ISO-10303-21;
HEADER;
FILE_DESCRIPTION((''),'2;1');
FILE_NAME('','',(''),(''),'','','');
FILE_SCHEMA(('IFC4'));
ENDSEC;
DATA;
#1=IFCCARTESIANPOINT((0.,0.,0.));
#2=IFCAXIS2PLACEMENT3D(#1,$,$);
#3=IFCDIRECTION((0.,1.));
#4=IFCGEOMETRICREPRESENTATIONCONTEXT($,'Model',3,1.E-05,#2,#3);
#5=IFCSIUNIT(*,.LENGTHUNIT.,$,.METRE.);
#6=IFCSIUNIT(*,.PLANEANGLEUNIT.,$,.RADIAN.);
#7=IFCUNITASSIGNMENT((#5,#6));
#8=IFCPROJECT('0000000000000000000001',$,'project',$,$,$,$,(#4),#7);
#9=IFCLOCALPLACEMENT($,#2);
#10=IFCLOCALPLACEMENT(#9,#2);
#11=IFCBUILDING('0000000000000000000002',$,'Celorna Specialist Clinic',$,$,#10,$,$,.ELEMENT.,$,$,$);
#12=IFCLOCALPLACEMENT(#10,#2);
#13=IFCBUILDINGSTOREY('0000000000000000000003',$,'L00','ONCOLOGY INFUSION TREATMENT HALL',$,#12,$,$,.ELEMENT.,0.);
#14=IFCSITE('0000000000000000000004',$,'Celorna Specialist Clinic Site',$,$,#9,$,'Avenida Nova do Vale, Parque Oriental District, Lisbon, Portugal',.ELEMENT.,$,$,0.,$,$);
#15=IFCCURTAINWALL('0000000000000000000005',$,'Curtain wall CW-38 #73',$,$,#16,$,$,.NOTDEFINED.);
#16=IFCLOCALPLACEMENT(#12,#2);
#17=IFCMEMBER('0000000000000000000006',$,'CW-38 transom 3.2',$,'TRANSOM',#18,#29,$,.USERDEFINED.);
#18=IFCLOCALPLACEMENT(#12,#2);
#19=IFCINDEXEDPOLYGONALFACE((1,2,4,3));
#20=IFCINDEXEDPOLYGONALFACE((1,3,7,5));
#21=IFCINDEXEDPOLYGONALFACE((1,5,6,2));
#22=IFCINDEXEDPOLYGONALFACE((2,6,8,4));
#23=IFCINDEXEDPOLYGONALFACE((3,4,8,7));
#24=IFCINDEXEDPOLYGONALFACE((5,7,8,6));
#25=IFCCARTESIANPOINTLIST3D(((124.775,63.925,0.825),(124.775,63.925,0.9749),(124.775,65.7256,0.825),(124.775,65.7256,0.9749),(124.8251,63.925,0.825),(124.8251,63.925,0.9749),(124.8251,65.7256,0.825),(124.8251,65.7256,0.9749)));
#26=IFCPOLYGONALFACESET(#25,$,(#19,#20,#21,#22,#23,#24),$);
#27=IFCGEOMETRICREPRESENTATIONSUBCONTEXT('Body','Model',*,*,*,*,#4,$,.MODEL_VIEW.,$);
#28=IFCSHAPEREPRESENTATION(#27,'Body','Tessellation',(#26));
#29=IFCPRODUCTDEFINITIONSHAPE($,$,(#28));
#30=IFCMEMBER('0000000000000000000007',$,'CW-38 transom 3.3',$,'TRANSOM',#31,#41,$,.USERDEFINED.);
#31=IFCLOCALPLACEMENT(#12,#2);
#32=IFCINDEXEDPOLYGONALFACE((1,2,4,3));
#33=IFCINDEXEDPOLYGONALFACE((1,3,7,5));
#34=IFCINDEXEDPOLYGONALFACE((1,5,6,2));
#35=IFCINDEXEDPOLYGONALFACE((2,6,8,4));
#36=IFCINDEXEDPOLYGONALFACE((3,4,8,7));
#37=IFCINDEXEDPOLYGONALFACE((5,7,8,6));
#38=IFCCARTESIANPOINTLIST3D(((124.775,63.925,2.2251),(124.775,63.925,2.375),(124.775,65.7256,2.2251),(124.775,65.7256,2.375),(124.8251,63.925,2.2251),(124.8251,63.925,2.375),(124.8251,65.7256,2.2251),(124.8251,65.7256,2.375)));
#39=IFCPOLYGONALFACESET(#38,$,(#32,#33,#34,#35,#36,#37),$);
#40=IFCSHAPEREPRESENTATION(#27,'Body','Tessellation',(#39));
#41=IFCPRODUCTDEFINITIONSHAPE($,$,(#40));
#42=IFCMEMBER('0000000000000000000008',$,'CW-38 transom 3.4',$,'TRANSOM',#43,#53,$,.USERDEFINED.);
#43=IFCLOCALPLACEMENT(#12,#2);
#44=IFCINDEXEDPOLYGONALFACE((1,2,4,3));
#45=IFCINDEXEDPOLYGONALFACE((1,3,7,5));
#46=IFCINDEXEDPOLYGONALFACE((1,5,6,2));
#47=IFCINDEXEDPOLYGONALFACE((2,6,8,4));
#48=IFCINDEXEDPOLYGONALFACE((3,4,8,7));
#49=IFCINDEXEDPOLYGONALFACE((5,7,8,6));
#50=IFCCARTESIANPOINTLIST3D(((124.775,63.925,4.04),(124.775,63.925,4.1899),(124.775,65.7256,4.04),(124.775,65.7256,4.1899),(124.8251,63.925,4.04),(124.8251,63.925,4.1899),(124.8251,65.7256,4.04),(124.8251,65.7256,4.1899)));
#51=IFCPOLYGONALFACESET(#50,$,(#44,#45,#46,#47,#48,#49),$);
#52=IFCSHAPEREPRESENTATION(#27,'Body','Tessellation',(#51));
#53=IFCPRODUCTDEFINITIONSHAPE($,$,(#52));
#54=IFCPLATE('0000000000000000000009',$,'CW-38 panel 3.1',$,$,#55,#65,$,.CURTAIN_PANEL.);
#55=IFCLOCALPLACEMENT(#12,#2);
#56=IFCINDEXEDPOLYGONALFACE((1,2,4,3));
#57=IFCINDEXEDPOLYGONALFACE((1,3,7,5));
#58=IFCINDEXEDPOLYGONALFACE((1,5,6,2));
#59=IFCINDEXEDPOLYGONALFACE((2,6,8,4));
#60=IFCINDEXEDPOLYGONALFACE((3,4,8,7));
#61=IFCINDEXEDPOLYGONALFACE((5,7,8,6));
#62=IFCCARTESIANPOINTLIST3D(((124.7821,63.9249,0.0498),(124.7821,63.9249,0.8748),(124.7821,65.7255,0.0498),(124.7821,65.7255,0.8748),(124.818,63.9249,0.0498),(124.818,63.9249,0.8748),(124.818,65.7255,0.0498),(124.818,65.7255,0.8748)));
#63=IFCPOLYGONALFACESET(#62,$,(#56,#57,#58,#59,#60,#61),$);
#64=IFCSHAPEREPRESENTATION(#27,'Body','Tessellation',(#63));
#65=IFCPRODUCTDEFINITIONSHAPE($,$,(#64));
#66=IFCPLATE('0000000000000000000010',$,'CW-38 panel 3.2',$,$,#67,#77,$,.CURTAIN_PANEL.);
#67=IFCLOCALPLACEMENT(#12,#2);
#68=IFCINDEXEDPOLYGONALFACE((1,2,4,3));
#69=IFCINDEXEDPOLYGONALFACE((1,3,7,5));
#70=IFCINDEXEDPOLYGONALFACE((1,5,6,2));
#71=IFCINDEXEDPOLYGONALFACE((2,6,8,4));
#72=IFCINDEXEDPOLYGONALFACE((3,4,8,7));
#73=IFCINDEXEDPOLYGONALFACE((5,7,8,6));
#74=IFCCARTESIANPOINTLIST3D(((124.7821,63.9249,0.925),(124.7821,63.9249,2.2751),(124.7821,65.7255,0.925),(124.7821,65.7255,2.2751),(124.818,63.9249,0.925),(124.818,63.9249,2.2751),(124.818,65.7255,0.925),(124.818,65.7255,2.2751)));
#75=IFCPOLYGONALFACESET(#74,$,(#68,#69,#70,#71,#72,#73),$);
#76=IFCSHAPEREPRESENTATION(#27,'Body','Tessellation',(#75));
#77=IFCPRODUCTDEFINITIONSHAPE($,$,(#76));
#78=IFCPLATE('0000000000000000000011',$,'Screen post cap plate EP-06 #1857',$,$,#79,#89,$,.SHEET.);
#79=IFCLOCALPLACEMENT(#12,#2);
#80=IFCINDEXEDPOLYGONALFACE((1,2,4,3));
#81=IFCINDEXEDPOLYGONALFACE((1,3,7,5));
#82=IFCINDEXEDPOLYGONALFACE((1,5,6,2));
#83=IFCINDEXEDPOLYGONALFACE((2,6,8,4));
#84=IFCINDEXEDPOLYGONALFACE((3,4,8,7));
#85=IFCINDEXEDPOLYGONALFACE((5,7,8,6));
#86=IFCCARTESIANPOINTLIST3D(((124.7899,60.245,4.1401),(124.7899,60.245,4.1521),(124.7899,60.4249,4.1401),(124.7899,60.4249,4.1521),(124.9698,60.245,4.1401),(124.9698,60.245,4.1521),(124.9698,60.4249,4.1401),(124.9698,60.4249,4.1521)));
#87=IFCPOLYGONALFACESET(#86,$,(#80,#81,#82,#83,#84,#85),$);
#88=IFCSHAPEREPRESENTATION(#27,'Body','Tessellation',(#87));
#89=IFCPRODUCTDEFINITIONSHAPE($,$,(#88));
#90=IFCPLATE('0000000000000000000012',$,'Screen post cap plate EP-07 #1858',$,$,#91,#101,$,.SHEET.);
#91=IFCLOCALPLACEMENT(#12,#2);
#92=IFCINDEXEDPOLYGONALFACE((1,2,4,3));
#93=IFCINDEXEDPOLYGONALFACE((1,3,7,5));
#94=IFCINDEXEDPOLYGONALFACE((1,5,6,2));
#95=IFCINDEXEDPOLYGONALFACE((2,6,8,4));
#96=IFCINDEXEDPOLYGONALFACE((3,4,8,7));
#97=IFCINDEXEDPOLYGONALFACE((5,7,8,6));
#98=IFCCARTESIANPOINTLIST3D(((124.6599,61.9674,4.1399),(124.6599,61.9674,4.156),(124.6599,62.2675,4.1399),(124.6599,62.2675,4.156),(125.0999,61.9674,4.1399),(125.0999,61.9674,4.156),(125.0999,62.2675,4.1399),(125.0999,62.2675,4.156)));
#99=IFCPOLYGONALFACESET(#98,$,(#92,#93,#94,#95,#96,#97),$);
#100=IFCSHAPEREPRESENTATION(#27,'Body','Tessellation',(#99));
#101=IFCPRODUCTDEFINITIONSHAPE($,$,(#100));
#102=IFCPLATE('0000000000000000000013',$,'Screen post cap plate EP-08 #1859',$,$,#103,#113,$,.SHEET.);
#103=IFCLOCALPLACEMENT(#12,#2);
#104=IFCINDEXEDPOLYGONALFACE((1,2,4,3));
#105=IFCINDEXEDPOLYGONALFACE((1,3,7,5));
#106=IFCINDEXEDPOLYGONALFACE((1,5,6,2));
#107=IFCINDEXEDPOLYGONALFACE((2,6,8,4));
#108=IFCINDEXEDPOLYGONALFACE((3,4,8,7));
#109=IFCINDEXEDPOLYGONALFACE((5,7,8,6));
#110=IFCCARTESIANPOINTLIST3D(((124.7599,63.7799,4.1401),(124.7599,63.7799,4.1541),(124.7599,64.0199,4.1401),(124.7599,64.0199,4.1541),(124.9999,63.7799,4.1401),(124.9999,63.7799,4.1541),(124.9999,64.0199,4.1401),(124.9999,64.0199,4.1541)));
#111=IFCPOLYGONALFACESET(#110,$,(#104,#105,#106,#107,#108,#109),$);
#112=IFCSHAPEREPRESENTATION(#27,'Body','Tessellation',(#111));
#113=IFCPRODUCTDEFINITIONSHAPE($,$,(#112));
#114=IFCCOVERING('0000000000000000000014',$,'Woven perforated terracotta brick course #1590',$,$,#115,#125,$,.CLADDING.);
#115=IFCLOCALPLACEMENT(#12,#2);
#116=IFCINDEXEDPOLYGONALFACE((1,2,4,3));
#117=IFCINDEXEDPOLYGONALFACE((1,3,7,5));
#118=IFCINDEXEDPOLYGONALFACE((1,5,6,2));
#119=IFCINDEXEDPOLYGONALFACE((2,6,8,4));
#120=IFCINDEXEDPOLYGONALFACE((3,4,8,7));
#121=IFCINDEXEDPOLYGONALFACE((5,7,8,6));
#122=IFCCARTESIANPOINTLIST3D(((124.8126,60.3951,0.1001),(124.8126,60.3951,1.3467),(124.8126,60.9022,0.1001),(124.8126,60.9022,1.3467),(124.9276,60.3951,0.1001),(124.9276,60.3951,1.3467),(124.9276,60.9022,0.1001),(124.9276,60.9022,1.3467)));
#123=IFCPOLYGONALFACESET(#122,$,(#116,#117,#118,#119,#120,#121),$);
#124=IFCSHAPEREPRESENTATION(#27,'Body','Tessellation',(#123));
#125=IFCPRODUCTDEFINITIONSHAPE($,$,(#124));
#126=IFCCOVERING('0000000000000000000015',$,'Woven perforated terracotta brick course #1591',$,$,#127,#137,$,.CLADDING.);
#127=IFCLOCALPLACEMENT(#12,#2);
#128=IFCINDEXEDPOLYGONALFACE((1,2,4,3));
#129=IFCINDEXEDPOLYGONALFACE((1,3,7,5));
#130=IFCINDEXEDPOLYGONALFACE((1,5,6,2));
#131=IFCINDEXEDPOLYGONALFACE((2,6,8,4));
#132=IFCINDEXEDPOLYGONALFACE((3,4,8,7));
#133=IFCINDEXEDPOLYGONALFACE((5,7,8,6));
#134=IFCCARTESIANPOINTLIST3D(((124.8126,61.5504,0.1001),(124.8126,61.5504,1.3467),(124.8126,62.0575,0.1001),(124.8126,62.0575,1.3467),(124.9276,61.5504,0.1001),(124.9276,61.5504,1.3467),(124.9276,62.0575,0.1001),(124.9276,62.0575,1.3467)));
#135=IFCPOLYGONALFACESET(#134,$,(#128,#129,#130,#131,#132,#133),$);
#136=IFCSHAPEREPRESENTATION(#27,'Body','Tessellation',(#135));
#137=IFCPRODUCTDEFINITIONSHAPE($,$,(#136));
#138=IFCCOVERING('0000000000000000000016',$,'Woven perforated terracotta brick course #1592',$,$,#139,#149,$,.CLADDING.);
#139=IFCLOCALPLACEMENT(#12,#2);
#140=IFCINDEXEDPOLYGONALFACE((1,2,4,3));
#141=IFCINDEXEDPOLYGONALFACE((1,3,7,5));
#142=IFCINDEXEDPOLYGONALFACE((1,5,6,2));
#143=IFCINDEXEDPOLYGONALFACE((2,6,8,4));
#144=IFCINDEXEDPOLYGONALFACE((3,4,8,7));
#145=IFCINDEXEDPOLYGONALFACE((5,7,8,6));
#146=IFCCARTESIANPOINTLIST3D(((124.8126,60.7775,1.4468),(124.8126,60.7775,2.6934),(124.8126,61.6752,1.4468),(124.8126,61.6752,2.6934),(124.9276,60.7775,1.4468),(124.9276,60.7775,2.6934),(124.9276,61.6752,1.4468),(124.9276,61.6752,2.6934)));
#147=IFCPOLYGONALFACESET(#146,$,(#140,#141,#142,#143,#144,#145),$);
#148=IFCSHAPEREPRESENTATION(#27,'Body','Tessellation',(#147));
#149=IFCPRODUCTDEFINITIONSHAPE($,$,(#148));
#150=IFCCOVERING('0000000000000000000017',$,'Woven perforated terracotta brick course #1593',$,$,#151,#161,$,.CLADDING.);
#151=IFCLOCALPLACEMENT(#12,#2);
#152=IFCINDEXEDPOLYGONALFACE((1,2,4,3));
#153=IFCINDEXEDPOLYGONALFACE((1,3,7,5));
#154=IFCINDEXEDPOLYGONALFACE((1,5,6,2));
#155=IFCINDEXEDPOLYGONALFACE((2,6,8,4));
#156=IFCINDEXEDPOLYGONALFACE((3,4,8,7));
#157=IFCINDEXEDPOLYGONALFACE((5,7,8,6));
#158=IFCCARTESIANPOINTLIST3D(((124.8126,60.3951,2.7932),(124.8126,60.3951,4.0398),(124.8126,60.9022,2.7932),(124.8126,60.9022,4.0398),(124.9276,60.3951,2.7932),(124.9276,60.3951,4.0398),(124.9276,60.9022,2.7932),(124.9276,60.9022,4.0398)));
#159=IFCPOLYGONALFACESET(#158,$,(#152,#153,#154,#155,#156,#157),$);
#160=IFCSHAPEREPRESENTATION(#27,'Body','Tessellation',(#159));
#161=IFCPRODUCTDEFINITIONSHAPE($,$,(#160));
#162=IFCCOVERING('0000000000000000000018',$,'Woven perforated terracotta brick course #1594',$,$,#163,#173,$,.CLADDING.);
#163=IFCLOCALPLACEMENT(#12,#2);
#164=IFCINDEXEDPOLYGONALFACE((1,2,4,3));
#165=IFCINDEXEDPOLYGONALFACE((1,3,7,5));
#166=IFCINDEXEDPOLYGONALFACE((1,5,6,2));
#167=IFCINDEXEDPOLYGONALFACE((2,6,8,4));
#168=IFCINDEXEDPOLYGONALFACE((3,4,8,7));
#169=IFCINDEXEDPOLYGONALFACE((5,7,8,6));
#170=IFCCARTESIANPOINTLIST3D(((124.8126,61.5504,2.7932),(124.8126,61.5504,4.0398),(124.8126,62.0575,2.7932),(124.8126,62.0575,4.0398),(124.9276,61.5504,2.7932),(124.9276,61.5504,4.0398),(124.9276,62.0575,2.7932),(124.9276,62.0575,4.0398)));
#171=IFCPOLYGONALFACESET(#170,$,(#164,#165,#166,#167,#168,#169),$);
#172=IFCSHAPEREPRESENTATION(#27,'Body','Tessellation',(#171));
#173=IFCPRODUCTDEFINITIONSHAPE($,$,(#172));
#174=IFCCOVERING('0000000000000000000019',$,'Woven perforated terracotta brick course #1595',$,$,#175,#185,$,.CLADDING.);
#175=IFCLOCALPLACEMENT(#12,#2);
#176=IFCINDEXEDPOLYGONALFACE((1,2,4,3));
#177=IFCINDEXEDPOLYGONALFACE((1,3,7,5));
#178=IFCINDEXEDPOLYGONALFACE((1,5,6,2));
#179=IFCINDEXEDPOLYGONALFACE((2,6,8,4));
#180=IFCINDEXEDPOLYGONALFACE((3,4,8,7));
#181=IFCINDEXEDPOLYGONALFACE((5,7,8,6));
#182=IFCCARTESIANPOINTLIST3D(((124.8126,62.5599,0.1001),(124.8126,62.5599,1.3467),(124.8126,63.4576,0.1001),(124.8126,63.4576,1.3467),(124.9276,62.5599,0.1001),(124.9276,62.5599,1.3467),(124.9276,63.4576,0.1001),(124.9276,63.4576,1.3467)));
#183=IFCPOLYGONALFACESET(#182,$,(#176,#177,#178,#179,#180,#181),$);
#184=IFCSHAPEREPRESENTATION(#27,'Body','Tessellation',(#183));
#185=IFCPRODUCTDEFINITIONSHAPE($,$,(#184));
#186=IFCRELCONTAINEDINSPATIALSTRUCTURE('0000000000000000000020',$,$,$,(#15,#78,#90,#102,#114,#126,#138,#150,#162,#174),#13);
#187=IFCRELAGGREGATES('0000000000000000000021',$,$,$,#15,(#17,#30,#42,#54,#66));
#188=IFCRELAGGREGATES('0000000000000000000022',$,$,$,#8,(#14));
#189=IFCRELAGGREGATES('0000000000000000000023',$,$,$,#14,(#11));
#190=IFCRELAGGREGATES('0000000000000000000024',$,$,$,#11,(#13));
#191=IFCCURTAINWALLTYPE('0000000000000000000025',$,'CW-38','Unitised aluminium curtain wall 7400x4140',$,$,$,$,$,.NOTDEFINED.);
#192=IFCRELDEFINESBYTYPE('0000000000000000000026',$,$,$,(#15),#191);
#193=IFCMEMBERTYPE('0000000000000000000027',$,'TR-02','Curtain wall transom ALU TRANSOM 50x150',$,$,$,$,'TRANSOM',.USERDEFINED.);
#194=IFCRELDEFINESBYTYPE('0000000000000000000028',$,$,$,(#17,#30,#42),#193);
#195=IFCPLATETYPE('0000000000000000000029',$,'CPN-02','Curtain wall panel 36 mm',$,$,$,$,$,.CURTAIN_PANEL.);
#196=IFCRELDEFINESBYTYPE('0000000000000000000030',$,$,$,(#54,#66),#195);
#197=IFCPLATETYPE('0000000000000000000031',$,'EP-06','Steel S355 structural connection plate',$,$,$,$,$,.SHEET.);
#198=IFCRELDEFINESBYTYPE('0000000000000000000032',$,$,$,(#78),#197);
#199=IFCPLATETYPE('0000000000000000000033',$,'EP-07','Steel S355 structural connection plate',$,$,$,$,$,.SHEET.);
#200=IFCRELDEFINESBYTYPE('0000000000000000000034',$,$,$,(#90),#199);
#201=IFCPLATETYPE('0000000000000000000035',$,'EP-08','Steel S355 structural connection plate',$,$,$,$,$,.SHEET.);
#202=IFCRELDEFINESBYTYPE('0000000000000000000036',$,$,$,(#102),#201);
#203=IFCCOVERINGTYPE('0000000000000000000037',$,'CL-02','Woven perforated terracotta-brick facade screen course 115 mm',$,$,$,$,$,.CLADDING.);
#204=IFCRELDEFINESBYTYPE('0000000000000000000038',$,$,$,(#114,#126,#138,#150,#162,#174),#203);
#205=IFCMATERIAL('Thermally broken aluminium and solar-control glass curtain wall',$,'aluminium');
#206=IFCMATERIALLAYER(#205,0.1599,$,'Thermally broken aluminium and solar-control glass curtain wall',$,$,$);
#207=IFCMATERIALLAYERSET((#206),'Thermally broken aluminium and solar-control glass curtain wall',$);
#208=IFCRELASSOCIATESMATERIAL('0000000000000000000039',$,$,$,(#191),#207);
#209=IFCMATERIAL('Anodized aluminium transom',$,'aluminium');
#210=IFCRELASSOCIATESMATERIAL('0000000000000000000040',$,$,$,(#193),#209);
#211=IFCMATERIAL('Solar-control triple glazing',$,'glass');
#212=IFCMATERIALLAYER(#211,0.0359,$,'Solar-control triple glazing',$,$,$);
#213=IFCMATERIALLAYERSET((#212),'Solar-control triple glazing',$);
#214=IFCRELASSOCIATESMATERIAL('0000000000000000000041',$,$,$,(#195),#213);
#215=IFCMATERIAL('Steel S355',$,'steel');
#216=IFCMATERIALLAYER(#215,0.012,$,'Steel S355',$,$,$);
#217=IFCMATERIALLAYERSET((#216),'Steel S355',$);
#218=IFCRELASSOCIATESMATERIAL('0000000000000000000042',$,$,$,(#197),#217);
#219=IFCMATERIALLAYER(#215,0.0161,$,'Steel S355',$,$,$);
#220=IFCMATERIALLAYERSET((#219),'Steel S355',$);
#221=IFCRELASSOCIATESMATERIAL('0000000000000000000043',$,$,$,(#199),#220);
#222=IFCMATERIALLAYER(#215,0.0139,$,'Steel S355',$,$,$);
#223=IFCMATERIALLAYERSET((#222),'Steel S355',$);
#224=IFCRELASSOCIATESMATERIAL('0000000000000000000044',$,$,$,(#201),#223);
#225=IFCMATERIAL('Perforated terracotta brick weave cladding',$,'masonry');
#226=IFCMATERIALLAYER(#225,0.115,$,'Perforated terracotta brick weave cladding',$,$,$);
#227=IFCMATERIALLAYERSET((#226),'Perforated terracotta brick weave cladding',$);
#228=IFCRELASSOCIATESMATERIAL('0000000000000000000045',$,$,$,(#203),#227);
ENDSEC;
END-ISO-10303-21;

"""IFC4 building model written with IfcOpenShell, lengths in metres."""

from ifc_helpers import new_model, si_unit, direction, frame, origin, origin_2d, place, context, subcontext, project, spatial, rectangle, extrude, material, layer, layer_set, material_profile, profile_set, type_object, element, aggregate, save


model = new_model("IFC4")

# Units and contexts
model_context = context("Model", 3, precision=1e-05, world=origin(), true_north=direction((0.0, 1.0)))
body_context = subcontext(model_context, "Body", "Model", "MODEL_VIEW")
ifc_project = project(units=[si_unit("LENGTHUNIT", "METRE"), si_unit("PLANEANGLEUNIT", "RADIAN")], contexts=[model_context])

# Site, building, storey
site_placement = place(None, origin())
site = spatial("IfcSite", under=ifc_project, at=site_placement, Name="Celorna Specialist Clinic Site", LongName="Avenida Nova do Vale, Parque Oriental District, Lisbon, Portugal", CompositionType="ELEMENT", RefElevation=0.0)
building_placement = place(site_placement, origin())
building = spatial("IfcBuilding", under=site, at=building_placement, Name="Celorna Specialist Clinic", CompositionType="ELEMENT")
storey_placement = place(building_placement, origin())
storey = spatial("IfcBuildingStorey", under=building, at=storey_placement, Name="L00", Description="ONCOLOGY INFUSION TREATMENT HALL", CompositionType="ELEMENT", Elevation=0.0)

# Shared definitions
ifc_material_1 = material(Name="Steel S355", Category="steel")

# Curtain wall, members, plates
ifc_material_2 = material(Name="Thermally broken aluminium and solar-control glass curtain wall", Category="aluminium")
ifc_layer_1 = layer(ifc_material_2, 0.1599, Name="Thermally broken aluminium and solar-control glass curtain wall")
ifc_layer_set_1 = layer_set([ifc_layer_1], Name="Thermally broken aluminium and solar-control glass curtain wall")
curtain_wall_type = type_object("IfcCurtainWallType", Name="CW-38", Description="Unitised aluminium curtain wall 7400x4140", PredefinedType="NOTDEFINED", material=ifc_layer_set_1)
curtain_wall_placement = place(storey_placement, origin())
curtain_wall = element("IfcCurtainWall", 1, at=curtain_wall_placement, inside=storey, type_object=curtain_wall_type, Name="Curtain wall CW-38 #73", PredefinedType="NOTDEFINED")
ifc_material_3 = material(Name="Anodized aluminium transom", Category="aluminium")
ifc_material_profile_1 = material_profile(ifc_material_3, rectangle(XDim=0.05, YDim=0.1499, at=origin_2d()), Name="ALU TRANSOM 50x150")
ifc_profile_set_1 = profile_set([ifc_material_profile_1], Name="Anodized aluminium transom")
member_type_1 = type_object("IfcMemberType", Name="TR-02", Description="Curtain wall transom ALU TRANSOM 50x150", ElementType="TRANSOM", PredefinedType="USERDEFINED", material=ifc_profile_set_1)
member_1_placement = place(storey_placement, frame((124.8, 63.925, 0.8999), z_axis=(0.0, 1.0, 0.0), x_axis=(-1.0, 0.0, 0.0)))
member_1 = element("IfcMember", 2, at=member_1_placement, type_object=member_type_1, Name="CW-38 transom 3.2", ObjectType="TRANSOM", PredefinedType="USERDEFINED", context=body_context, shape_type="SweptSolid", body=[
    extrude(rectangle(XDim=0.05, YDim=0.1499, at=origin_2d()), origin(), (0.0, 0.0, 1.0), 1.8005),
])
member_2_placement = place(storey_placement, frame((124.8, 63.925, 2.3), z_axis=(0.0, 1.0, 0.0), x_axis=(-1.0, 0.0, 0.0)))
member_2 = element("IfcMember", 3, at=member_2_placement, type_object=member_type_1, Name="CW-38 transom 3.3", ObjectType="TRANSOM", PredefinedType="USERDEFINED", context=body_context, shape_type="SweptSolid", body=[
    extrude(rectangle(XDim=0.05, YDim=0.1499, at=origin_2d()), origin(), (0.0, 0.0, 1.0), 1.8005),
])
member_3_placement = place(storey_placement, frame((124.8, 63.925, 4.115), z_axis=(0.0, 1.0, 0.0), x_axis=(-1.0, 0.0, 0.0)))
member_3 = element("IfcMember", 4, at=member_3_placement, type_object=member_type_1, Name="CW-38 transom 3.4", ObjectType="TRANSOM", PredefinedType="USERDEFINED", context=body_context, shape_type="SweptSolid", body=[
    extrude(rectangle(XDim=0.05, YDim=0.1499, at=origin_2d()), origin(), (0.0, 0.0, 1.0), 1.8005),
])
ifc_material_4 = material(Name="Solar-control triple glazing", Category="glass")
ifc_layer_2 = layer(ifc_material_4, 0.0359, Name="Solar-control triple glazing")
ifc_layer_set_2 = layer_set([ifc_layer_2], Name="Solar-control triple glazing")
plate_type_1 = type_object("IfcPlateType", Name="CPN-02", Description="Curtain wall panel 36 mm", PredefinedType="CURTAIN_PANEL", material=ifc_layer_set_2)
plate_1_placement = place(storey_placement, frame((124.8, 64.8252, 0.0498), z_axis=(0.0, 0.0, 1.0), x_axis=(0.0, 1.0, 0.0)))
plate_1 = element("IfcPlate", 5, at=plate_1_placement, type_object=plate_type_1, Name="CW-38 panel 3.1", PredefinedType="CURTAIN_PANEL", context=body_context, shape_type="SweptSolid", body=[
    extrude(rectangle(XDim=1.8005, YDim=0.0359, at=origin_2d()), origin(), (0.0, 0.0, 1.0), 0.825),
])
plate_2_placement = place(storey_placement, frame((124.8, 64.8252, 0.925), z_axis=(0.0, 0.0, 1.0), x_axis=(0.0, 1.0, 0.0)))
plate_2 = element("IfcPlate", 6, at=plate_2_placement, type_object=plate_type_1, Name="CW-38 panel 3.2", PredefinedType="CURTAIN_PANEL", context=body_context, shape_type="SweptSolid", body=[
    extrude(rectangle(XDim=1.8005, YDim=0.0359, at=origin_2d()), origin(), (0.0, 0.0, 1.0), 1.3501),
])
aggregate(curtain_wall, [member_1, member_2, member_3, plate_1, plate_2])

# Plates
ifc_layer_3 = layer(ifc_material_1, 0.012, Name="Steel S355")
ifc_layer_set_3 = layer_set([ifc_layer_3], Name="Steel S355")
plate_type_2 = type_object("IfcPlateType", Name="EP-06", Description="Steel S355 structural connection plate", PredefinedType="SHEET", material=ifc_layer_set_3)
plate_3_placement = place(storey_placement, frame((124.8799, 60.335, 4.1401), z_axis=(0.0, 0.0, 1.0), x_axis=(0.0, 1.0, 0.0)))
element("IfcPlate", 7, at=plate_3_placement, inside=storey, type_object=plate_type_2, Name="Screen post cap plate EP-06 #1857", PredefinedType="SHEET", context=body_context, shape_type="SweptSolid", body=[
    extrude(rectangle(XDim=0.1799, YDim=0.1799, at=origin_2d()), origin(), (0.0, 0.0, 1.0), 0.012),
])
ifc_layer_4 = layer(ifc_material_1, 0.0161, Name="Steel S355")
ifc_layer_set_4 = layer_set([ifc_layer_4], Name="Steel S355")
plate_type_3 = type_object("IfcPlateType", Name="EP-07", Description="Steel S355 structural connection plate", PredefinedType="SHEET", material=ifc_layer_set_4)
plate_4_placement = place(storey_placement, frame((124.8799, 62.1174, 4.1399), z_axis=(0.0, 0.0, 1.0), x_axis=(0.0, 1.0, 0.0)))
element("IfcPlate", 8, at=plate_4_placement, inside=storey, type_object=plate_type_3, Name="Screen post cap plate EP-07 #1858", PredefinedType="SHEET", context=body_context, shape_type="SweptSolid", body=[
    extrude(rectangle(XDim=0.3, YDim=0.4399, at=origin_2d()), origin(), (0.0, 0.0, 1.0), 0.0161),
])
ifc_layer_5 = layer(ifc_material_1, 0.0139, Name="Steel S355")
ifc_layer_set_5 = layer_set([ifc_layer_5], Name="Steel S355")
plate_type_4 = type_object("IfcPlateType", Name="EP-08", Description="Steel S355 structural connection plate", PredefinedType="SHEET", material=ifc_layer_set_5)
plate_5_placement = place(storey_placement, frame((124.8799, 63.8999, 4.1401), z_axis=(0.0, 0.0, 1.0), x_axis=(0.0, 1.0, 0.0)))
element("IfcPlate", 9, at=plate_5_placement, inside=storey, type_object=plate_type_4, Name="Screen post cap plate EP-08 #1859", PredefinedType="SHEET", context=body_context, shape_type="SweptSolid", body=[
    extrude(rectangle(XDim=0.24, YDim=0.24, at=origin_2d()), origin(), (0.0, 0.0, 1.0), 0.0139),
])

# Coverings
ifc_material_5 = material(Name="Perforated terracotta brick weave cladding", Category="masonry")
ifc_layer_6 = layer(ifc_material_5, 0.115, Name="Perforated terracotta brick weave cladding")
ifc_layer_set_6 = layer_set([ifc_layer_6], Name="Perforated terracotta brick weave cladding")
covering_type = type_object("IfcCoveringType", Name="CL-02", Description="Woven perforated terracotta-brick facade screen course 115 mm", PredefinedType="CLADDING", material=ifc_layer_set_6)
for number, where, z_axis, x_axis, name in (
    (10, (124.8701, 60.6487, 0.1001), (0.0, 0.0, 1.0), (0.0, 1.0, 0.0), "Woven perforated terracotta brick course #1590"),
    (11, (124.8701, 61.804, 0.1001), (0.0, 0.0, 1.0), (0.0, 1.0, 0.0), "Woven perforated terracotta brick course #1591"),
):
    element("IfcCovering", number, at=place(storey_placement, frame(where, z_axis=z_axis, x_axis=x_axis)), inside=storey, type_object=covering_type, Name=name, PredefinedType="CLADDING", context=body_context, shape_type="SweptSolid", body=[
        extrude(rectangle(XDim=0.5071, YDim=0.115, at=origin_2d()), origin(), (0.0, 0.0, 1.0), 1.2466),
    ])
covering_1_placement = place(storey_placement, frame((124.8701, 61.2263, 1.4468), z_axis=(0.0, 0.0, 1.0), x_axis=(0.0, 1.0, 0.0)))
element("IfcCovering", 12, at=covering_1_placement, inside=storey, type_object=covering_type, Name="Woven perforated terracotta brick course #1592", PredefinedType="CLADDING", context=body_context, shape_type="SweptSolid", body=[
    extrude(rectangle(XDim=0.8977, YDim=0.115, at=origin_2d()), origin(), (0.0, 0.0, 1.0), 1.2466),
])
for number, where, z_axis, x_axis, name in (
    (13, (124.8701, 60.6487, 2.7932), (0.0, 0.0, 1.0), (0.0, 1.0, 0.0), "Woven perforated terracotta brick course #1593"),
    (14, (124.8701, 61.804, 2.7932), (0.0, 0.0, 1.0), (0.0, 1.0, 0.0), "Woven perforated terracotta brick course #1594"),
):
    element("IfcCovering", number, at=place(storey_placement, frame(where, z_axis=z_axis, x_axis=x_axis)), inside=storey, type_object=covering_type, Name=name, PredefinedType="CLADDING", context=body_context, shape_type="SweptSolid", body=[
        extrude(rectangle(XDim=0.5071, YDim=0.115, at=origin_2d()), origin(), (0.0, 0.0, 1.0), 1.2466),
    ])
covering_2_placement = place(storey_placement, frame((124.8701, 63.0088, 0.1001), z_axis=(0.0, 0.0, 1.0), x_axis=(0.0, 1.0, 0.0)))
element("IfcCovering", 15, at=covering_2_placement, inside=storey, type_object=covering_type, Name="Woven perforated terracotta brick course #1595", PredefinedType="CLADDING", context=body_context, shape_type="SweptSolid", body=[
    extrude(rectangle(XDim=0.8977, YDim=0.115, at=origin_2d()), origin(), (0.0, 0.0, 1.0), 1.2466),
])

save(model, "model.ifc")
